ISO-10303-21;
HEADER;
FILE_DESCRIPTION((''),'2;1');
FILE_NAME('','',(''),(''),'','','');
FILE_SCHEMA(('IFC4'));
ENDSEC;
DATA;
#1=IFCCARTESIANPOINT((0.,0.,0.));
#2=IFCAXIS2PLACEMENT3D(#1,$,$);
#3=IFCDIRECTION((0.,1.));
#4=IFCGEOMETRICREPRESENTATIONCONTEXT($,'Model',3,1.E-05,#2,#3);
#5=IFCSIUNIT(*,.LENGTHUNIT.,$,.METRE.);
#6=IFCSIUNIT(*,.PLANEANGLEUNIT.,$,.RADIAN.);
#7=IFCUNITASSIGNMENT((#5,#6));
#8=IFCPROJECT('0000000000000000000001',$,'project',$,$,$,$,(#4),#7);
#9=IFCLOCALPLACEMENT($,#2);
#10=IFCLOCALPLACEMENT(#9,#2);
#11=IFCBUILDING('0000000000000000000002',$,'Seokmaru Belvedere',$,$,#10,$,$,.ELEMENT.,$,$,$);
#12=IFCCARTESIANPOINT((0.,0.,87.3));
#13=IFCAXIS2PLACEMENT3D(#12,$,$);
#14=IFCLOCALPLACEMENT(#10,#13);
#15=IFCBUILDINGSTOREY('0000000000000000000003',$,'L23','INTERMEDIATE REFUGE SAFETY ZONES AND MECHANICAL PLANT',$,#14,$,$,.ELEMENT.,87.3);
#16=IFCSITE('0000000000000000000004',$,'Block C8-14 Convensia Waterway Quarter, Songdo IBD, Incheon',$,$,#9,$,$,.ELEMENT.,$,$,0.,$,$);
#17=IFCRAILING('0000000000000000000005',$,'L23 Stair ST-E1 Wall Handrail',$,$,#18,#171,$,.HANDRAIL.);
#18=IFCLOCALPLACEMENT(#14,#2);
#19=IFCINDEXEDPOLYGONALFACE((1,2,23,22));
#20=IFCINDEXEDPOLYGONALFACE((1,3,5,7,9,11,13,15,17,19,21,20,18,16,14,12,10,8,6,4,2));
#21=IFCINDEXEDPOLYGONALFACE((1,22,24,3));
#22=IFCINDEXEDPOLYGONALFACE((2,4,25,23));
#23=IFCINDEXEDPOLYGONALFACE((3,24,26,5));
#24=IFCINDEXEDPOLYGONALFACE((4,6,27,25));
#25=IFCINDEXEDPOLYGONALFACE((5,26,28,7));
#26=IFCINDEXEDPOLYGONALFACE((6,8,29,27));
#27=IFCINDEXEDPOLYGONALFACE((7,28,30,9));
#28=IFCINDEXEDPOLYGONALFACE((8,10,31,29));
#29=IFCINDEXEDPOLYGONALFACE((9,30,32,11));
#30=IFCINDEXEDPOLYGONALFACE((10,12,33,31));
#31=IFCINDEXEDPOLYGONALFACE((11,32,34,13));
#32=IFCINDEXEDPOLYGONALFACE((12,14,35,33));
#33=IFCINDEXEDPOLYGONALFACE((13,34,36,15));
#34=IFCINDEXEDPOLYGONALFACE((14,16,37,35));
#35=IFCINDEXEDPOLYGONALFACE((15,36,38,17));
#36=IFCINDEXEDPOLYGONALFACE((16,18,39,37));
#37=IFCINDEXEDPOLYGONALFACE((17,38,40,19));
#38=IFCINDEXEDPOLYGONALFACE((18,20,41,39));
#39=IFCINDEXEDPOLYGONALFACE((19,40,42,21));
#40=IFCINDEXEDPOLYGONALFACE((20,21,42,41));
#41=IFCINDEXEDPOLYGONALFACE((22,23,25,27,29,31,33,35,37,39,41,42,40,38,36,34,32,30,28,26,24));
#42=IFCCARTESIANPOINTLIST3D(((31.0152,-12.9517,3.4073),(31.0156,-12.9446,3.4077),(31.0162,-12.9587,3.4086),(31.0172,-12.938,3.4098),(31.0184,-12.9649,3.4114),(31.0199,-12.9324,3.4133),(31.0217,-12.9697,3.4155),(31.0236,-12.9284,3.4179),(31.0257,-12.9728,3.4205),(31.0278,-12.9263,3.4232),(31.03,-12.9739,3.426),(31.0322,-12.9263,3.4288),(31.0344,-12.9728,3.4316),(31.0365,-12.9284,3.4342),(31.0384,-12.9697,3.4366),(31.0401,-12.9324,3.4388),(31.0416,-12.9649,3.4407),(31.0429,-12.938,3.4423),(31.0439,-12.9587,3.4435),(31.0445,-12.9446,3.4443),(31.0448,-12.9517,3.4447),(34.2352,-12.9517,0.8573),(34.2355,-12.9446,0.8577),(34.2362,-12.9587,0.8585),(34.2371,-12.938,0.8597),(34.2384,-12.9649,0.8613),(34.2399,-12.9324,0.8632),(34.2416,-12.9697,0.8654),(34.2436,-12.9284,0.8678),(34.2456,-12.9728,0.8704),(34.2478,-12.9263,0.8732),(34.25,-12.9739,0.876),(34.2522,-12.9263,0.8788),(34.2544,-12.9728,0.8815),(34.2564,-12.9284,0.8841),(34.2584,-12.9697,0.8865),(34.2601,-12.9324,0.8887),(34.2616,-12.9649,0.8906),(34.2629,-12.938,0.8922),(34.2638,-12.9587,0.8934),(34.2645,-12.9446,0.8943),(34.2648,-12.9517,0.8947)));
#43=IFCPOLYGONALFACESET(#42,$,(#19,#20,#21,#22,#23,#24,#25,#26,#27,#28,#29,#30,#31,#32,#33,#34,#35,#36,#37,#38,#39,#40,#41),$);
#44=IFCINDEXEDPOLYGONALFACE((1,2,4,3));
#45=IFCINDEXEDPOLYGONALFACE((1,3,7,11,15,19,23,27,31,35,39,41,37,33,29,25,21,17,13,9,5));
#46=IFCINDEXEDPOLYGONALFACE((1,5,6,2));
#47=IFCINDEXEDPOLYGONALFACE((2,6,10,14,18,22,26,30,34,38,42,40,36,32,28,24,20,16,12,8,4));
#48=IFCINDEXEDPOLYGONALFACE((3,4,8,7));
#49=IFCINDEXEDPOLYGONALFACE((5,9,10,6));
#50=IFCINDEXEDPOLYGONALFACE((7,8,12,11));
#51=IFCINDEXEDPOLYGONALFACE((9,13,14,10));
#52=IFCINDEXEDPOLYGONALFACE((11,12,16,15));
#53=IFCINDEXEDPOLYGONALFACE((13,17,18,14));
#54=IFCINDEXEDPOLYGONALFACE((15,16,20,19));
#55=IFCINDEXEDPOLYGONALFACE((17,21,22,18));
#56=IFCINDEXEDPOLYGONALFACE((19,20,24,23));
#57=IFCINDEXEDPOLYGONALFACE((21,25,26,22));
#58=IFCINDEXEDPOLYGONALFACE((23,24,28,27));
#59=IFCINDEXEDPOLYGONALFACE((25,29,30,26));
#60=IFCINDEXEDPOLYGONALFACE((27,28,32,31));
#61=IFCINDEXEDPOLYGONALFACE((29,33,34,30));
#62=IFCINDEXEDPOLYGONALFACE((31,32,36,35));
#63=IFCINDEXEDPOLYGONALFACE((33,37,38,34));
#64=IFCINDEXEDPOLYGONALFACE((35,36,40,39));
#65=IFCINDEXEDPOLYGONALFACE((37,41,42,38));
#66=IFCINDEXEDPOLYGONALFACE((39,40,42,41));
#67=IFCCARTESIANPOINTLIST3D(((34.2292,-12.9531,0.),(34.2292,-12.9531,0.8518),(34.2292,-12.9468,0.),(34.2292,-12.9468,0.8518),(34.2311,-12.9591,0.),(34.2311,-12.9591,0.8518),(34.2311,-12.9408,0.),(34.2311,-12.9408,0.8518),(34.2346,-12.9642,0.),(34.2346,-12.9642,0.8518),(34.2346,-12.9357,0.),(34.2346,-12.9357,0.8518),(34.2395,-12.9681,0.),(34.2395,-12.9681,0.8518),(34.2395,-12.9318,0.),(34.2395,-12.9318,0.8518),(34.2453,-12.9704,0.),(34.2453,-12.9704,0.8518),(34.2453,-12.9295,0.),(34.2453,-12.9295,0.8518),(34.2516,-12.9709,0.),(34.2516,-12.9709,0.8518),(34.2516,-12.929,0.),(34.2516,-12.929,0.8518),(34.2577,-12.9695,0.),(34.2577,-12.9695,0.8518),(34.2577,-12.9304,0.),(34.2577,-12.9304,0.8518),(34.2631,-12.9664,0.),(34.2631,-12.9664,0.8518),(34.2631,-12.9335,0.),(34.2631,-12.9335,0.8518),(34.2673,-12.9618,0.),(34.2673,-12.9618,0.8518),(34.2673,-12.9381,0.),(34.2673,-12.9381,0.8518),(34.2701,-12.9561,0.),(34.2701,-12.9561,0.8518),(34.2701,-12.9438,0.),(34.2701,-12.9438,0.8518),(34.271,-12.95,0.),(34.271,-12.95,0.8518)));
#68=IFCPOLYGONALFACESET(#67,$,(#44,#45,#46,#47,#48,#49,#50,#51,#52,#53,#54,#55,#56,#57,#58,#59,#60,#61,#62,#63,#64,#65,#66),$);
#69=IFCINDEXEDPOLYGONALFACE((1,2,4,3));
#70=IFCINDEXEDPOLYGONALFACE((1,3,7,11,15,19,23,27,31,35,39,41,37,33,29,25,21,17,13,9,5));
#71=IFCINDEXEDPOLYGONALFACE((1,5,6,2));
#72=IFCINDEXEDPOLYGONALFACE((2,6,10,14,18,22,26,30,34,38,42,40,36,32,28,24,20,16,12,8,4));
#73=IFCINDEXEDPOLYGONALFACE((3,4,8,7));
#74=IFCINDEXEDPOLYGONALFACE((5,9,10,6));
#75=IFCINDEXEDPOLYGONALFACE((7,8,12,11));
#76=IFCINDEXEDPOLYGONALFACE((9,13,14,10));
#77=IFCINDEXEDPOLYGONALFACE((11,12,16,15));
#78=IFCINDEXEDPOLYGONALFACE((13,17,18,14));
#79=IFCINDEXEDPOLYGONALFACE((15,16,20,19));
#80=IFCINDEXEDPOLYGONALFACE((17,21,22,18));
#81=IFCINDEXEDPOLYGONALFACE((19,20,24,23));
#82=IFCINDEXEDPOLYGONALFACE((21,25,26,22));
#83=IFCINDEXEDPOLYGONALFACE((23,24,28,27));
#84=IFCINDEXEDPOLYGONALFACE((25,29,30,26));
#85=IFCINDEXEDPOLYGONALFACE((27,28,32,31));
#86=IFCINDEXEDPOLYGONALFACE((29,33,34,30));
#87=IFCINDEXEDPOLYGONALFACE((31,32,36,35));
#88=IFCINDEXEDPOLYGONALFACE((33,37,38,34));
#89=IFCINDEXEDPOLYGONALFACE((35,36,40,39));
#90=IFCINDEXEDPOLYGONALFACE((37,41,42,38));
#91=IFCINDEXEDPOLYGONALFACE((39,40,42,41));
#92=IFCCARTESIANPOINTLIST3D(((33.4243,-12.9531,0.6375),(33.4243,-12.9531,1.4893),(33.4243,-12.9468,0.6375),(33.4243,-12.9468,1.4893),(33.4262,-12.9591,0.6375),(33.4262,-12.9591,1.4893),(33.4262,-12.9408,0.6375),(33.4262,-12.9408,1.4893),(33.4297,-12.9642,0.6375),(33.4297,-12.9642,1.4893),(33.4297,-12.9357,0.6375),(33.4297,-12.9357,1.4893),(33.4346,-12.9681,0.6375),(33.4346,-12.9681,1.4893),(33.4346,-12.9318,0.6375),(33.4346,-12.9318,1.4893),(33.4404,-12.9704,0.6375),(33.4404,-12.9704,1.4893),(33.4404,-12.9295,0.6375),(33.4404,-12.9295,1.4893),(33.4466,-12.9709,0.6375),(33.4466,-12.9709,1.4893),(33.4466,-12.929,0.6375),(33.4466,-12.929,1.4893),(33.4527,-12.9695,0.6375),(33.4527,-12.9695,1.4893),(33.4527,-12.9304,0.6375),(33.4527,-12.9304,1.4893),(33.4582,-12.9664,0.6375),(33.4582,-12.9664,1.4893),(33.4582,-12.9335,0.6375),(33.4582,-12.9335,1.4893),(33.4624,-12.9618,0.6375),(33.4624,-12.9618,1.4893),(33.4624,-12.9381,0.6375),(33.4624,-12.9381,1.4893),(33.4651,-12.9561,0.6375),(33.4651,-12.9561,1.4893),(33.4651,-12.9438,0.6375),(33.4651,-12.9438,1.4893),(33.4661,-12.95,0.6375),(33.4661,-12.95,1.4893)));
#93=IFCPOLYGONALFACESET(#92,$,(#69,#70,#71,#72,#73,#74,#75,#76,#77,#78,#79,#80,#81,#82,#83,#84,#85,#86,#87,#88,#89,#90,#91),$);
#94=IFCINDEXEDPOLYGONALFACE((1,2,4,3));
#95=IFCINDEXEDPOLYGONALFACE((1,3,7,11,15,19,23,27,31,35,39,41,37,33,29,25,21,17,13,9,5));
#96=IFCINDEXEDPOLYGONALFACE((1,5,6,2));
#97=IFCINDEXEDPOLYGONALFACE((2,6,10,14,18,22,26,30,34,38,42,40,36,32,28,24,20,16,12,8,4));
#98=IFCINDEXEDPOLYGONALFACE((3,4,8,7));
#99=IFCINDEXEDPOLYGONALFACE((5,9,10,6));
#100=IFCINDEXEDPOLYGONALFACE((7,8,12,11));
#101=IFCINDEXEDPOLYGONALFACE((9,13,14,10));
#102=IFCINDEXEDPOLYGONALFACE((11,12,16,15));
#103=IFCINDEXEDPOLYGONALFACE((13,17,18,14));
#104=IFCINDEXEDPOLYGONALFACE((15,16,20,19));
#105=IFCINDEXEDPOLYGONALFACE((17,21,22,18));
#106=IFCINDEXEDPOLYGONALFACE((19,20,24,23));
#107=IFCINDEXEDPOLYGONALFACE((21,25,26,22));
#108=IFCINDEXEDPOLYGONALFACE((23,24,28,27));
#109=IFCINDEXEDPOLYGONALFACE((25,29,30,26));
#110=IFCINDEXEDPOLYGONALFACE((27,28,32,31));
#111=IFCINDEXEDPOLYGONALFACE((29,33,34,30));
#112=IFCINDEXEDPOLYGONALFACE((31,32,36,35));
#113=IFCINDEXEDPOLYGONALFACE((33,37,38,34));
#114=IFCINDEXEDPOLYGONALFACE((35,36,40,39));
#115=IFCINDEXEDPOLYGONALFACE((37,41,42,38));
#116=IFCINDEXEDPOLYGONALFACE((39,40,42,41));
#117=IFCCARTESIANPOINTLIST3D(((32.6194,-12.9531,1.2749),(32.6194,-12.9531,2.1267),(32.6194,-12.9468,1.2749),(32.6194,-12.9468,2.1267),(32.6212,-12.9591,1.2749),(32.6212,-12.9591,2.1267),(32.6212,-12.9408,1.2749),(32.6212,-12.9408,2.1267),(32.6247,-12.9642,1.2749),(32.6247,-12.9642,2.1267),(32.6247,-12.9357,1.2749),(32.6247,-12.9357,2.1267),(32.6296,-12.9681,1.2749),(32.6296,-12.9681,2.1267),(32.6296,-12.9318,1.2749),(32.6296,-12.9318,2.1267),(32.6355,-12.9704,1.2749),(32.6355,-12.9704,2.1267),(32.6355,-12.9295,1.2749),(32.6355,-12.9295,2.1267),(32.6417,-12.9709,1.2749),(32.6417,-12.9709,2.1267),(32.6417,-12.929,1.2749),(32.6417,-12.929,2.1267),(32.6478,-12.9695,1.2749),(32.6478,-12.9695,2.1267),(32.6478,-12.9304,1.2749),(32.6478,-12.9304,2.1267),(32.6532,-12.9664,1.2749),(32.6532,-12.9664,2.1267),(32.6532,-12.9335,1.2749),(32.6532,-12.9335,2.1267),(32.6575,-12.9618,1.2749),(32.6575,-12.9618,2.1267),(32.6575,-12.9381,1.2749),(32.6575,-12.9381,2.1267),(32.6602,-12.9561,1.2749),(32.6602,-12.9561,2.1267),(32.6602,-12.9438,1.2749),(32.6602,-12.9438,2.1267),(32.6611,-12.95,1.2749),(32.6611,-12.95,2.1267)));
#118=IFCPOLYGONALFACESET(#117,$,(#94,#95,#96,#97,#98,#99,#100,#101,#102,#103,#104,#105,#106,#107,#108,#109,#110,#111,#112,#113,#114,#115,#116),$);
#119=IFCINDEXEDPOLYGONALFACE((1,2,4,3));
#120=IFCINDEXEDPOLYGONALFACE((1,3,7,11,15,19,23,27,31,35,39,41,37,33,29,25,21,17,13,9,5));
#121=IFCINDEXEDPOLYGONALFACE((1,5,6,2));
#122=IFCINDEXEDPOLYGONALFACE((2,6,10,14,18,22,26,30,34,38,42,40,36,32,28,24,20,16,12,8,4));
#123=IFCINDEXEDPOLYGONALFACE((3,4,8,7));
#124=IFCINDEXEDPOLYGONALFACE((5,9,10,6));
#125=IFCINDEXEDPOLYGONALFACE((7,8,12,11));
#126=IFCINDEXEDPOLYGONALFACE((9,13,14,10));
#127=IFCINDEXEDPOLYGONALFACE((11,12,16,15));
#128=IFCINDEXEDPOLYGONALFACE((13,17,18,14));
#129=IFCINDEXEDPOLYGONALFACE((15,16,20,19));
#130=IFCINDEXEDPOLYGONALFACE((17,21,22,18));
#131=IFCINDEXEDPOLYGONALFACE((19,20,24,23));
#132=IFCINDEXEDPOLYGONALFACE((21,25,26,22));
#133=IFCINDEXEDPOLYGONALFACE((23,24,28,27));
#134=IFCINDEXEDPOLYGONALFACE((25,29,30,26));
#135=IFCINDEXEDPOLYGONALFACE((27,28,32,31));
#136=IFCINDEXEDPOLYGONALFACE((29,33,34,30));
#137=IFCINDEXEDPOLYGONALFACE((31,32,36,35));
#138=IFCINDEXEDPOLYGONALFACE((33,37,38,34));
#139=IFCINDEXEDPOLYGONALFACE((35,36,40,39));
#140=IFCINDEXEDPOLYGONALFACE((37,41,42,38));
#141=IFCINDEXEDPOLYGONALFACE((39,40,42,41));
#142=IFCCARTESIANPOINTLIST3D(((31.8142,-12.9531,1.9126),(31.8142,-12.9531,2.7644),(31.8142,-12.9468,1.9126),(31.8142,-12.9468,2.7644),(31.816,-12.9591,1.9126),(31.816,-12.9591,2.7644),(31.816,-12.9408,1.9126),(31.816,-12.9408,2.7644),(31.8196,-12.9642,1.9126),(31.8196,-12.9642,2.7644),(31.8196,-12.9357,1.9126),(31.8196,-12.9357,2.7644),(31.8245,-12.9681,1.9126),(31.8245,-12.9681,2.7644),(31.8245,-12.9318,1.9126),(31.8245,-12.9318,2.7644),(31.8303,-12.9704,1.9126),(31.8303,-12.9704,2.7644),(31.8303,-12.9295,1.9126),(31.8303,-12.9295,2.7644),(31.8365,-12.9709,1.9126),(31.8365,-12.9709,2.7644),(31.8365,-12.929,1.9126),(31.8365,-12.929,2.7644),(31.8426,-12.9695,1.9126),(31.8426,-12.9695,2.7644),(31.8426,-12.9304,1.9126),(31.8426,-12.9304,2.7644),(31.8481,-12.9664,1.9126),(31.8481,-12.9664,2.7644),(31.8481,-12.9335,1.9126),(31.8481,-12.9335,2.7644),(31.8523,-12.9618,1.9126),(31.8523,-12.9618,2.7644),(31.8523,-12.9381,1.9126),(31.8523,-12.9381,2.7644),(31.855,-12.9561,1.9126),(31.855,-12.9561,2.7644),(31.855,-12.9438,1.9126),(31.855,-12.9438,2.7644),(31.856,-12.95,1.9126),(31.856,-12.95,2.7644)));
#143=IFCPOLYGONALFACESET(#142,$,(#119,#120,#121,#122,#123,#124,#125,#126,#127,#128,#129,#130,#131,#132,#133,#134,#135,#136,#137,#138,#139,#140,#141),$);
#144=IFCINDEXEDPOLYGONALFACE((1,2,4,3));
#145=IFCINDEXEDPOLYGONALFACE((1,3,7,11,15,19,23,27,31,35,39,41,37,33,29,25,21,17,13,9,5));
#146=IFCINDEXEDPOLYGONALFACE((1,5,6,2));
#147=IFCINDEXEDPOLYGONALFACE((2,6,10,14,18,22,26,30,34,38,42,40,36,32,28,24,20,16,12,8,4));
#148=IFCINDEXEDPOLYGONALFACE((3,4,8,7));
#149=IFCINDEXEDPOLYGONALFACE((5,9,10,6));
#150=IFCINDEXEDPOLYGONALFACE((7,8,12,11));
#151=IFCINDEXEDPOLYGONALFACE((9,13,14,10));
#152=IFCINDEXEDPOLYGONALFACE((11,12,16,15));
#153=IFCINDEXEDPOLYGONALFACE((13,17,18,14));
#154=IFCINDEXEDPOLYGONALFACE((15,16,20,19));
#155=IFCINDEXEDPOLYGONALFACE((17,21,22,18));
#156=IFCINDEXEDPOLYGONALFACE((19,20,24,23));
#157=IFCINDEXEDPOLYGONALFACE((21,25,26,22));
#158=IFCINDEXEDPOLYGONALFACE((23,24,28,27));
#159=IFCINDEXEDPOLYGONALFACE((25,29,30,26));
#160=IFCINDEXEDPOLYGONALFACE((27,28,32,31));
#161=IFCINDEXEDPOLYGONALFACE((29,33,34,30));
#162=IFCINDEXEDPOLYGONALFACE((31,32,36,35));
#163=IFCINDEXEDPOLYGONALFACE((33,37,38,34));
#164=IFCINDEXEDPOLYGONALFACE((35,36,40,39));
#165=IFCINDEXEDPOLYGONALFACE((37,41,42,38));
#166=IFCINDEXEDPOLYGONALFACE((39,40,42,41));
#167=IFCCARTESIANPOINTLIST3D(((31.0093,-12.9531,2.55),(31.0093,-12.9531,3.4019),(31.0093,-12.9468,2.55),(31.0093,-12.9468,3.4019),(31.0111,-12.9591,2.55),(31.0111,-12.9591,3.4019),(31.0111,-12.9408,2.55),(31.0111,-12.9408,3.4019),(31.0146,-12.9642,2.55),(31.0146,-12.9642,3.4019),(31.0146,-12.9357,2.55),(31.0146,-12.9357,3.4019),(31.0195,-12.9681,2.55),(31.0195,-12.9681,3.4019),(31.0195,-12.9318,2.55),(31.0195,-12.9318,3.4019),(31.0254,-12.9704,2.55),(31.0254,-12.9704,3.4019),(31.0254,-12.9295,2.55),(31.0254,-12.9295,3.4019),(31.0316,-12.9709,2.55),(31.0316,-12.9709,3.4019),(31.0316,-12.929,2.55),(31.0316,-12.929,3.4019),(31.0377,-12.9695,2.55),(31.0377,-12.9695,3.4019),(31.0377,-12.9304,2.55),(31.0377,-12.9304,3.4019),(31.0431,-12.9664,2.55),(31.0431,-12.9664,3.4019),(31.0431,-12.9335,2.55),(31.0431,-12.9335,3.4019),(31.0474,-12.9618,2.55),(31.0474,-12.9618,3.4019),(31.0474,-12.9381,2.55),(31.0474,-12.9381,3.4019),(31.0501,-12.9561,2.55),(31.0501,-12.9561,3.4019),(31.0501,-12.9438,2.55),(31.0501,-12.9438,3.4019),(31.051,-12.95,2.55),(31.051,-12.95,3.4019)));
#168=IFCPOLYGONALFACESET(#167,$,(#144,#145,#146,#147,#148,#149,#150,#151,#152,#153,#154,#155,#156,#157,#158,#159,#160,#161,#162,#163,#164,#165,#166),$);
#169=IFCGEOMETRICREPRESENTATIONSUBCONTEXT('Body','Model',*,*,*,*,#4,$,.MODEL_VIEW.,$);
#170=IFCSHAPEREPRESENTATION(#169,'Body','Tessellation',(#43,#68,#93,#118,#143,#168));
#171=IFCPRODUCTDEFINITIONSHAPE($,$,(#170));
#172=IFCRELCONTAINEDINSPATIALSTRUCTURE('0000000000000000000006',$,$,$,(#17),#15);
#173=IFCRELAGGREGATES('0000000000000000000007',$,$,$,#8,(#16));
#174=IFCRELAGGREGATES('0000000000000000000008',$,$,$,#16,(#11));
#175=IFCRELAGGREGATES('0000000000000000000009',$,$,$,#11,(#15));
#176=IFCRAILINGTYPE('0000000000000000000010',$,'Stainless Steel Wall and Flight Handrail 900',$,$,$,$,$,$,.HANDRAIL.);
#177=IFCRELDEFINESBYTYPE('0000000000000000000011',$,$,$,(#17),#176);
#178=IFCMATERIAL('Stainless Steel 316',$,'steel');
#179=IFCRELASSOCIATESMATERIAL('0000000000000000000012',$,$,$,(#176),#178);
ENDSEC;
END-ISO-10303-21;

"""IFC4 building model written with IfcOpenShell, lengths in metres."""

from ifc_helpers import new_model, si_unit, direction, frame, origin, origin_2d, place, context, subcontext, project, spatial, circle, extrude, material, type_object, element, save


model = new_model("IFC4")

# Units and contexts
model_context = context("Model", 3, precision=1e-05, world=origin(), true_north=direction((0.0, 1.0)))
body_context = subcontext(model_context, "Body", "Model", "MODEL_VIEW")
ifc_project = project(units=[si_unit("LENGTHUNIT", "METRE"), si_unit("PLANEANGLEUNIT", "RADIAN")], contexts=[model_context])

# Site, building, storey
site_placement = place(None, origin())
site = spatial("IfcSite", under=ifc_project, at=site_placement, Name="Block C8-14 Convensia Waterway Quarter, Songdo IBD, Incheon", CompositionType="ELEMENT", RefElevation=0.0)
building_placement = place(site_placement, origin())
building = spatial("IfcBuilding", under=site, at=building_placement, Name="Seokmaru Belvedere", CompositionType="ELEMENT")
storey_placement = place(building_placement, frame((0.0, 0.0, 87.3)))
storey = spatial("IfcBuildingStorey", under=building, at=storey_placement, Name="L23", Description="INTERMEDIATE REFUGE SAFETY ZONES AND MECHANICAL PLANT", CompositionType="ELEMENT", Elevation=87.3)

# Shared definitions
ifc_material_1 = material(Name="Stainless Steel 316", Category="steel")

# Railing
railing_type_1 = type_object("IfcRailingType", Name="Stainless Steel Wall and Flight Handrail 900", PredefinedType="HANDRAIL", material=ifc_material_1)
railing_1_placement = place(storey_placement, frame((34.25, -12.95, 0.0)))
element("IfcRailing", 1, at=railing_1_placement, inside=storey, type_object=railing_type_1, Name="L23 Stair ST-E1 Wall Handrail", PredefinedType="HANDRAIL", context=body_context, shape_type="SweptSolid", body=[
    extrude(circle(Radius=0.0239, at=origin_2d()), frame((0.0, 0.0, 0.876), z_axis=(-0.783939, 0.0, 0.620838), x_axis=(0.0, -1.0, 0.0)), (0.0, 0.0, 1.0), 4.1074),
    extrude(circle(Radius=0.021, at=origin_2d()), origin(), (0.0, 0.0, 1.0), 0.8518),
    extrude(circle(Radius=0.021, at=origin_2d()), frame((-0.8049, 0.0, 0.6375)), (0.0, 0.0, 1.0), 0.8518),
    extrude(circle(Radius=0.021, at=origin_2d()), frame((-1.6099, 0.0, 1.2749)), (0.0, 0.0, 1.0), 0.8518),
    extrude(circle(Radius=0.021, at=origin_2d()), frame((-2.415, 0.0, 1.9126)), (0.0, 0.0, 1.0), 0.8518),
    extrude(circle(Radius=0.021, at=origin_2d()), frame((-3.22, 0.0, 2.55)), (0.0, 0.0, 1.0), 0.8518),
])

save(model, "model.ifc")
